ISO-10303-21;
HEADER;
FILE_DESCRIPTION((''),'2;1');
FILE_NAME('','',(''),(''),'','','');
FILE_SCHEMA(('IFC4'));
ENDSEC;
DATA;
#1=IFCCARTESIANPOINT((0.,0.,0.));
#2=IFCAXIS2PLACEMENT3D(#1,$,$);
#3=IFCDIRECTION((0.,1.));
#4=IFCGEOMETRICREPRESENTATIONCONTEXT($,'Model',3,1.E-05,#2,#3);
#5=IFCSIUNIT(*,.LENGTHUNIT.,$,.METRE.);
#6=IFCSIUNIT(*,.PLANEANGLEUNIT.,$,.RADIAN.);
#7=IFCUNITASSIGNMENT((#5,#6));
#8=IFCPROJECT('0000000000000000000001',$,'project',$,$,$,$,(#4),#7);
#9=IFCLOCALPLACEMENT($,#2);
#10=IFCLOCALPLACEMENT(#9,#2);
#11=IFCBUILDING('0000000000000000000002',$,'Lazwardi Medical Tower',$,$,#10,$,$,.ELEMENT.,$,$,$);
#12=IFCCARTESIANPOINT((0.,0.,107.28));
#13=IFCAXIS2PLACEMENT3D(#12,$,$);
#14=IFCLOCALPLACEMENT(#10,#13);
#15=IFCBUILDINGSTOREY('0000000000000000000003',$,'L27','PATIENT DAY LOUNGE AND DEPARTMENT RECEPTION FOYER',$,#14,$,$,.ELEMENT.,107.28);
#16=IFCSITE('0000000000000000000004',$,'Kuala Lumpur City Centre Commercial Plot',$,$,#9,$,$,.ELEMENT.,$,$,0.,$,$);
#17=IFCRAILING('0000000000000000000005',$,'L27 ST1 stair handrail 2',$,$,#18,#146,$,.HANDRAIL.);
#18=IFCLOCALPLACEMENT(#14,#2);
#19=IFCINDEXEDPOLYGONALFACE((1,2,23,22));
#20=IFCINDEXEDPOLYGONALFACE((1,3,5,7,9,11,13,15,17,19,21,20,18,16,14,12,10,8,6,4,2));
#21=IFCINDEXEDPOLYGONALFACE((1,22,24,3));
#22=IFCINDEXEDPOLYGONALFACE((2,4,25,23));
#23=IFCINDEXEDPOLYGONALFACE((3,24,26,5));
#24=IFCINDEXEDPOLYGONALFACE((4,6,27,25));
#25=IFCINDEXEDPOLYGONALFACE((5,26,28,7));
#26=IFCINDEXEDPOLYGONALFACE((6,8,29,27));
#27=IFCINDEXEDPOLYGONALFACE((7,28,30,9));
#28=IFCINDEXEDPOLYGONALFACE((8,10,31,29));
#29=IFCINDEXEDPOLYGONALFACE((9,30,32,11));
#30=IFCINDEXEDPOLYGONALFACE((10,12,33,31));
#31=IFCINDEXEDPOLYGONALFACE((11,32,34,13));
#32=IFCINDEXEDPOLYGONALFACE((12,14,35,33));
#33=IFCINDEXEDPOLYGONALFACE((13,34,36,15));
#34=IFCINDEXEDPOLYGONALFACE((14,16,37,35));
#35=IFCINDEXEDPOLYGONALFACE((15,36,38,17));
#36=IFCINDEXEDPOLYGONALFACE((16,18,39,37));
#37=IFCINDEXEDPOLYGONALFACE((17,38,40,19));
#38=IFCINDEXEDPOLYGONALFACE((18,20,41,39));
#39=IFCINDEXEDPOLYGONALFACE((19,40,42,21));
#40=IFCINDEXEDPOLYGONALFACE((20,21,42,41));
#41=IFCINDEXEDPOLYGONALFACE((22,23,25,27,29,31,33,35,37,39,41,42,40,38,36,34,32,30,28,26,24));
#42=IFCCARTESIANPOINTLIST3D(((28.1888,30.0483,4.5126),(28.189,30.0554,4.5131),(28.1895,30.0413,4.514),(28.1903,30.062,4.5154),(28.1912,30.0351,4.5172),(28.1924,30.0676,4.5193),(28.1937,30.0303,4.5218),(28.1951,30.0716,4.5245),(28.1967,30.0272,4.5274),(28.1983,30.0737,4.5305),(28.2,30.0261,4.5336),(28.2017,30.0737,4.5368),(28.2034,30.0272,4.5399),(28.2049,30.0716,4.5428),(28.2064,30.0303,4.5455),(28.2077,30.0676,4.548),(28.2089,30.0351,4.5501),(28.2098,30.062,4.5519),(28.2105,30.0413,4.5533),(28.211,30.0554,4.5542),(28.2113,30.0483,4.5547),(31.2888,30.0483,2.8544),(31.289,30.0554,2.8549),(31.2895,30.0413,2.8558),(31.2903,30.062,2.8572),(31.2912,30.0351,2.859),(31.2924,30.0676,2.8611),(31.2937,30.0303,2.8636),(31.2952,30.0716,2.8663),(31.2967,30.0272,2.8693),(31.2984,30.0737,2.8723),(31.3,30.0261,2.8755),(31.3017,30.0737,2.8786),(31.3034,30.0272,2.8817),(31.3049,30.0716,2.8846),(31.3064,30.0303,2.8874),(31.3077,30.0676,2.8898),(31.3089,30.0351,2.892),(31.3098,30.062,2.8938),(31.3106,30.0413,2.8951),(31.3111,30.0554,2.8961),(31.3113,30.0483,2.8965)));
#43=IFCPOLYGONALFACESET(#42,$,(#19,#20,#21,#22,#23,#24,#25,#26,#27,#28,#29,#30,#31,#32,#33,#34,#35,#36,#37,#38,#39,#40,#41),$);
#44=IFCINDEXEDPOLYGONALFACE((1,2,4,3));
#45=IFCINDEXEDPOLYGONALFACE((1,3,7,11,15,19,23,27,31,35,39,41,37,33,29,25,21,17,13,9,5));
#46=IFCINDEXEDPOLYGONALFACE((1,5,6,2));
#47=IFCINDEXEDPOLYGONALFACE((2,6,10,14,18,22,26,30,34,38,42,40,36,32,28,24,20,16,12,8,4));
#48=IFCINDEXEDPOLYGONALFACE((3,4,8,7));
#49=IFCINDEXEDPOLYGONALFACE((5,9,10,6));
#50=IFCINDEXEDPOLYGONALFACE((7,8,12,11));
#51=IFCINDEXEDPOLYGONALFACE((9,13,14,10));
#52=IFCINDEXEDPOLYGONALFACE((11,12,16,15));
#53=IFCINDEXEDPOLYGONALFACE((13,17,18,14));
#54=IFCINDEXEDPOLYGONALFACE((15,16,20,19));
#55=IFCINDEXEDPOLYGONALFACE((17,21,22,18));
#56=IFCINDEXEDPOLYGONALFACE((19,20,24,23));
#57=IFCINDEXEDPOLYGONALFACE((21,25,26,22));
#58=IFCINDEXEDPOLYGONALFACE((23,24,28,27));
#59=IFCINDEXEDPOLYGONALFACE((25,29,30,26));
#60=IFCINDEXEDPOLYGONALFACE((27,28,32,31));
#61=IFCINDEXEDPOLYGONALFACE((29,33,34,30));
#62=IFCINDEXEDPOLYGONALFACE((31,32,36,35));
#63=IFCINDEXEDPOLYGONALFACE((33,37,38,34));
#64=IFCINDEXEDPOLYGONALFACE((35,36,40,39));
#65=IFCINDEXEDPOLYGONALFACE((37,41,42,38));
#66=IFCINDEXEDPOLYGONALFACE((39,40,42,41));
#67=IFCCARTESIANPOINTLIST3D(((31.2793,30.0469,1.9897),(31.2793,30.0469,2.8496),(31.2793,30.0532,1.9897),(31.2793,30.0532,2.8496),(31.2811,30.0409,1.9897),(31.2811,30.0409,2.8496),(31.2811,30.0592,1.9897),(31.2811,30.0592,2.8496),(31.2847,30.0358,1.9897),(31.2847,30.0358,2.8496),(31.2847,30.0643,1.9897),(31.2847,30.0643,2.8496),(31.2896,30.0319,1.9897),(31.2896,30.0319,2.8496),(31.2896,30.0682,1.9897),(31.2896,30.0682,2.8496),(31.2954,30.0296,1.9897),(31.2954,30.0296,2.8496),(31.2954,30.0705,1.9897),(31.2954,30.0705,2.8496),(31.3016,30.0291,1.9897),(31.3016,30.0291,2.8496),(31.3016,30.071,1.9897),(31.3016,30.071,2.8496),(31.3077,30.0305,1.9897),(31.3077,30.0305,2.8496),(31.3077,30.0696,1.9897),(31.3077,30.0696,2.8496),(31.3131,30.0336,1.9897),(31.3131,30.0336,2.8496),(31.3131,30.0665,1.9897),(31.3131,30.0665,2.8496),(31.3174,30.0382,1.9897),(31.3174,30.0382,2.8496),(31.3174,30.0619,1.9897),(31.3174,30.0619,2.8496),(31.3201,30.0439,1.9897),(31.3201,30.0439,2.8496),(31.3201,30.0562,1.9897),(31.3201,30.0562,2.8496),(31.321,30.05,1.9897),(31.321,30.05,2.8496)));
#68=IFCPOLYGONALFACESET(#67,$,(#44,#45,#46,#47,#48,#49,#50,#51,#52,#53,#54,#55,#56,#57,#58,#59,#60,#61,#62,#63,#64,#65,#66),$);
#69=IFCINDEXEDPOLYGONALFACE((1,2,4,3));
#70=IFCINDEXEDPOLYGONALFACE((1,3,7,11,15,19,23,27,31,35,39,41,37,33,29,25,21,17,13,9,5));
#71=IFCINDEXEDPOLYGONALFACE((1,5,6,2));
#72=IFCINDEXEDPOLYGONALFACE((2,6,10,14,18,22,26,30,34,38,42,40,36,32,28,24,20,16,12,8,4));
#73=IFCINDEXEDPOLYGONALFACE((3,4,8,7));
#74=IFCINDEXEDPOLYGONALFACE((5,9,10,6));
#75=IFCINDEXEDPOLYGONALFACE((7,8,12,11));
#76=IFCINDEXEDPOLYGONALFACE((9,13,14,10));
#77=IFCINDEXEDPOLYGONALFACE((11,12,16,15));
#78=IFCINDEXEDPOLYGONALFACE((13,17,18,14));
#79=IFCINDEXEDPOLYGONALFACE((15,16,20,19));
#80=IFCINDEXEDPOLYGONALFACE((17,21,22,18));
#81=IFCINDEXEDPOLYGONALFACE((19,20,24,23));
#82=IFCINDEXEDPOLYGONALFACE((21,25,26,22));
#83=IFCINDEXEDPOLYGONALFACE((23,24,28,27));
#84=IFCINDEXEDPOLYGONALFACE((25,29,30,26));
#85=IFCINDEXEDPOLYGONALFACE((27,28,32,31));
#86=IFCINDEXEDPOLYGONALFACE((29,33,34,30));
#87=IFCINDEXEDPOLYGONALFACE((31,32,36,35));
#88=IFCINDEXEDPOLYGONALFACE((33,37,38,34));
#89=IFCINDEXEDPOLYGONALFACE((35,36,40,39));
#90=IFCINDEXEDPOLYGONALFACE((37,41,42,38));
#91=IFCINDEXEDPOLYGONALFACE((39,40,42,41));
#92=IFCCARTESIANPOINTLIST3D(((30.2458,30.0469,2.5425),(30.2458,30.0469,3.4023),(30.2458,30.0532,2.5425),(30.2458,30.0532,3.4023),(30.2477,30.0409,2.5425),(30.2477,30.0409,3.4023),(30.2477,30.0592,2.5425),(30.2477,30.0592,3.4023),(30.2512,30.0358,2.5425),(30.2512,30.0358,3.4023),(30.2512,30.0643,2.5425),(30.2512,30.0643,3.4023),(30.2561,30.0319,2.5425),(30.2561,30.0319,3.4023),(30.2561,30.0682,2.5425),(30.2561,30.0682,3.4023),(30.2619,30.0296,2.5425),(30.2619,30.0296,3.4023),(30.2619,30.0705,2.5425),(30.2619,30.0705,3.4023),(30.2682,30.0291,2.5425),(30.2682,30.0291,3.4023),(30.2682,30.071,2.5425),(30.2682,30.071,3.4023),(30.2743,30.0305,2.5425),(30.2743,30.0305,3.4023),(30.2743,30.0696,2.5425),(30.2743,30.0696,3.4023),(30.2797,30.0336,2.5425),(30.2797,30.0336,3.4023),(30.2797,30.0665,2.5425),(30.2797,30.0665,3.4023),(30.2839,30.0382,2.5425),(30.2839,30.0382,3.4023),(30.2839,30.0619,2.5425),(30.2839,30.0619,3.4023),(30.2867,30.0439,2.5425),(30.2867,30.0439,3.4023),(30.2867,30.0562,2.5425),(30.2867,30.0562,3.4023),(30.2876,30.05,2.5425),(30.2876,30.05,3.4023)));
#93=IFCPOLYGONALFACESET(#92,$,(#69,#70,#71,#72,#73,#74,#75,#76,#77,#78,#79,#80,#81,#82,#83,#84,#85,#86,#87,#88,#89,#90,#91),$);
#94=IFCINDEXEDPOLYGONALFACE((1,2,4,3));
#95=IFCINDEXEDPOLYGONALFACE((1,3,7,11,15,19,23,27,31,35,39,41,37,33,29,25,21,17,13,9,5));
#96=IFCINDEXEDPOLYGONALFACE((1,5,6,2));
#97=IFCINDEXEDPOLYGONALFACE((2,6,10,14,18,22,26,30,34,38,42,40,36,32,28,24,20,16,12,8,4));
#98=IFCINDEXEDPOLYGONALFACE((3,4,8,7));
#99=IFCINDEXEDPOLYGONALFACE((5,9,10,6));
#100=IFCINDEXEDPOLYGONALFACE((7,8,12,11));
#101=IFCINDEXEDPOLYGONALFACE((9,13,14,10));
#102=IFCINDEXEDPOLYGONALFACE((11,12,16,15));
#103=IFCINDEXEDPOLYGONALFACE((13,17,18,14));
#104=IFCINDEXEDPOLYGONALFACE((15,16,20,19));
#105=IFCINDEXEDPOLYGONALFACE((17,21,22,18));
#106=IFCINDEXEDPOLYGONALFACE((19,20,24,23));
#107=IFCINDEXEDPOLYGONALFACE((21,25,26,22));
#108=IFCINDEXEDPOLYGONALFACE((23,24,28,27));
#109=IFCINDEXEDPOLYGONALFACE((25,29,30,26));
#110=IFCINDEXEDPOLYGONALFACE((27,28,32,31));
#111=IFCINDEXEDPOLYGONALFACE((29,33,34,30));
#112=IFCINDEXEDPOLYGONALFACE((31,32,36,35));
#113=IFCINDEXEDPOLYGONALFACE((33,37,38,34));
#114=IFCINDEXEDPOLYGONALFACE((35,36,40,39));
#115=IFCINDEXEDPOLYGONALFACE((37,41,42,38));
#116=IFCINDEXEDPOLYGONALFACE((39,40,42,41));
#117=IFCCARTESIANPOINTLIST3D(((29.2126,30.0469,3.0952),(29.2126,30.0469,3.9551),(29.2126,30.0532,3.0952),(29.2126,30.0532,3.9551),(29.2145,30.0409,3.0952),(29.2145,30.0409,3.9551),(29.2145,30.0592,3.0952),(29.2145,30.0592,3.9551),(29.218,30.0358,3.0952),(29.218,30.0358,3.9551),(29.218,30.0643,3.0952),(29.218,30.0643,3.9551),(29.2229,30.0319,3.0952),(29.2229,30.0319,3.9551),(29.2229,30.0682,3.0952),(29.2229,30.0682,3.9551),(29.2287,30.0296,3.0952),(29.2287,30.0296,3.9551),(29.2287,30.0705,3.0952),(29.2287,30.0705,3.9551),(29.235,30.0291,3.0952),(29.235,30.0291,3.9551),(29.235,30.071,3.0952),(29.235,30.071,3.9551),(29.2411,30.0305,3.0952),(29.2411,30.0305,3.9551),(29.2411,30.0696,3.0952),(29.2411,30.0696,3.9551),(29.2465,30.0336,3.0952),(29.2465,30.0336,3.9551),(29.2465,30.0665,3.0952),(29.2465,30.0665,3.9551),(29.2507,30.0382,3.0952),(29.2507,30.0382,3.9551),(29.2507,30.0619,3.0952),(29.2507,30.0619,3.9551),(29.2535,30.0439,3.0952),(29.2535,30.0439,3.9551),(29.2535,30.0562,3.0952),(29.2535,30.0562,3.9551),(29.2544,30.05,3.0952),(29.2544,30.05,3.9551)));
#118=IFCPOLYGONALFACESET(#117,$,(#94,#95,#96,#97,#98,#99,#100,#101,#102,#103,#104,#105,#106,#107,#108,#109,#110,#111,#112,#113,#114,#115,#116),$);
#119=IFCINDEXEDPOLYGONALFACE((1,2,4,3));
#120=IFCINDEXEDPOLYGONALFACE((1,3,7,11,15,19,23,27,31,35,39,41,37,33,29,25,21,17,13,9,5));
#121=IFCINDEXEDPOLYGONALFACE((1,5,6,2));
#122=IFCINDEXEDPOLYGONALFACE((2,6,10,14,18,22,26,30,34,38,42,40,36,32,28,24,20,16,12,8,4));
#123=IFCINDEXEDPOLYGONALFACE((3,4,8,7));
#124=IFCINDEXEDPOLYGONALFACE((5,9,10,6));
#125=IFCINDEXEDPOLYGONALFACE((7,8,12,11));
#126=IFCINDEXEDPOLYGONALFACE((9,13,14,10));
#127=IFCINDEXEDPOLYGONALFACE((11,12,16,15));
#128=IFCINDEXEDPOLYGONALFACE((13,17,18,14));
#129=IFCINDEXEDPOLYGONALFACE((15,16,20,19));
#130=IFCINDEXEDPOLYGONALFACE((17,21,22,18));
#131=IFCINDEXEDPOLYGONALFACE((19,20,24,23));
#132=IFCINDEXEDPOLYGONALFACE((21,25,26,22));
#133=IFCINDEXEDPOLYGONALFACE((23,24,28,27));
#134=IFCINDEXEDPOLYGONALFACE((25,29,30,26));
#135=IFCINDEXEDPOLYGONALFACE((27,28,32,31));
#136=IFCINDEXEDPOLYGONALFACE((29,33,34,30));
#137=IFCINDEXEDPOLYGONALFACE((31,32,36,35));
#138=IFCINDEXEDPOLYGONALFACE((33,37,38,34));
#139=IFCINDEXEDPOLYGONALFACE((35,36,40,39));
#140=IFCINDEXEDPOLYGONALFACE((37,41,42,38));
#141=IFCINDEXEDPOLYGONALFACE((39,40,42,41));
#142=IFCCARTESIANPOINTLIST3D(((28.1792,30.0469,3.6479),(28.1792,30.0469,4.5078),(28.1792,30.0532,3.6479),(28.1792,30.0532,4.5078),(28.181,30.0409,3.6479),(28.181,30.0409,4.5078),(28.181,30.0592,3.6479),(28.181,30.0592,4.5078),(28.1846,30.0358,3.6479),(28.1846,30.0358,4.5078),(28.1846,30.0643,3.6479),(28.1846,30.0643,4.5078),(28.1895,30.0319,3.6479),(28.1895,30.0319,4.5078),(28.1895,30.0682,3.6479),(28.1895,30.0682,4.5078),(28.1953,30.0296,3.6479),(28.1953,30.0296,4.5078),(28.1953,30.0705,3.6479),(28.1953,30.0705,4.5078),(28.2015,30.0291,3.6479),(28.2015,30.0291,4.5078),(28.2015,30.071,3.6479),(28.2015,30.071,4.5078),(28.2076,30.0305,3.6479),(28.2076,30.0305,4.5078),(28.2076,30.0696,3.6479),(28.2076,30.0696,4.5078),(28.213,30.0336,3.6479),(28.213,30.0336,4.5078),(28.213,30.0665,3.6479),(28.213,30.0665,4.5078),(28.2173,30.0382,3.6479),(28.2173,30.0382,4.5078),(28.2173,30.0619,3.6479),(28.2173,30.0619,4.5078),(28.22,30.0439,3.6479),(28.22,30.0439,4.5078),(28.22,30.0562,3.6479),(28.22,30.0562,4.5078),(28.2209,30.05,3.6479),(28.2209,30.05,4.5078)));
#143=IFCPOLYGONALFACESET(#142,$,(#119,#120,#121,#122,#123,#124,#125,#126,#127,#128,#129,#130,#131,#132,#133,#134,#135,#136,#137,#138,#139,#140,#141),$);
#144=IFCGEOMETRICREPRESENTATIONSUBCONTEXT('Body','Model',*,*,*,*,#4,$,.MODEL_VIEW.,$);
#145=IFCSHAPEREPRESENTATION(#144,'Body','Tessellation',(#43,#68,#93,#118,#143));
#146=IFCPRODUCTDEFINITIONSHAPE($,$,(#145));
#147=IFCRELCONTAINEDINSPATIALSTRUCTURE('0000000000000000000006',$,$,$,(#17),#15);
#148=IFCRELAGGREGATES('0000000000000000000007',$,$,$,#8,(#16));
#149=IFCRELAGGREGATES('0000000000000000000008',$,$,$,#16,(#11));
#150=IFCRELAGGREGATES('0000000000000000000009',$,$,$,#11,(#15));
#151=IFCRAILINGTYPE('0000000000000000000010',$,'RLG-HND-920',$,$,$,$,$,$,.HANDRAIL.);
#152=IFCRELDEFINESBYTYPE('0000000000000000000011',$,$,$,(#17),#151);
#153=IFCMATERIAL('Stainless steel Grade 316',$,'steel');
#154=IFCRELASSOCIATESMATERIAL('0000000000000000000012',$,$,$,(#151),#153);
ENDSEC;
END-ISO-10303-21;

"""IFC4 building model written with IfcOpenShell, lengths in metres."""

from ifc_helpers import new_model, si_unit, direction, frame, origin, origin_2d, place, context, subcontext, project, spatial, circle, extrude, material, type_object, element, save


model = new_model("IFC4")

# Units and contexts
model_context = context("Model", 3, precision=1e-05, world=origin(), true_north=direction((0.0, 1.0)))
body_context = subcontext(model_context, "Body", "Model", "MODEL_VIEW")
ifc_project = project(units=[si_unit("LENGTHUNIT", "METRE"), si_unit("PLANEANGLEUNIT", "RADIAN")], contexts=[model_context])

# Site, building, storey
site_placement = place(None, origin())
site = spatial("IfcSite", under=ifc_project, at=site_placement, Name="Kuala Lumpur City Centre Commercial Plot", CompositionType="ELEMENT", RefElevation=0.0)
building_placement = place(site_placement, origin())
building = spatial("IfcBuilding", under=site, at=building_placement, Name="Lazwardi Medical Tower", CompositionType="ELEMENT")
storey_placement = place(building_placement, frame((0.0, 0.0, 107.28)))
storey = spatial("IfcBuildingStorey", under=building, at=storey_placement, Name="L27", Description="PATIENT DAY LOUNGE AND DEPARTMENT RECEPTION FOYER", CompositionType="ELEMENT", Elevation=107.28)

# Railing
ifc_material_1 = material(Name="Stainless steel Grade 316", Category="steel")
railing_type_1 = type_object("IfcRailingType", Name="RLG-HND-920", PredefinedType="HANDRAIL", material=ifc_material_1)
railing_1_placement = place(storey_placement, frame((31.3, 30.05, 1.9897)))
element("IfcRailing", 1, at=railing_1_placement, inside=storey, type_object=railing_type_1, Name="L27 ST1 stair handrail 2", PredefinedType="HANDRAIL", context=body_context, shape_type="SweptSolid", body=[
    extrude(circle(Radius=0.0239, at=origin_2d()), frame((0.0, 0.0, 0.8857), z_axis=(-0.881783, 0.0, 0.471655), x_axis=(0.0, -1.0, 0.0)), (0.0, 0.0, 1.0), 3.5156),
    extrude(circle(Radius=0.021, at=origin_2d()), origin(), (0.0, 0.0, 1.0), 0.8599),
    extrude(circle(Radius=0.021, at=origin_2d()), frame((-1.0334, 0.0, 0.5527)), (0.0, 0.0, 1.0), 0.8599),
    extrude(circle(Radius=0.021, at=origin_2d()), frame((-2.0667, 0.0, 1.1055)), (0.0, 0.0, 1.0), 0.8599),
    extrude(circle(Radius=0.021, at=origin_2d()), frame((-3.1001, 0.0, 1.6582)), (0.0, 0.0, 1.0), 0.8599),
])

save(model, "model.ifc")
